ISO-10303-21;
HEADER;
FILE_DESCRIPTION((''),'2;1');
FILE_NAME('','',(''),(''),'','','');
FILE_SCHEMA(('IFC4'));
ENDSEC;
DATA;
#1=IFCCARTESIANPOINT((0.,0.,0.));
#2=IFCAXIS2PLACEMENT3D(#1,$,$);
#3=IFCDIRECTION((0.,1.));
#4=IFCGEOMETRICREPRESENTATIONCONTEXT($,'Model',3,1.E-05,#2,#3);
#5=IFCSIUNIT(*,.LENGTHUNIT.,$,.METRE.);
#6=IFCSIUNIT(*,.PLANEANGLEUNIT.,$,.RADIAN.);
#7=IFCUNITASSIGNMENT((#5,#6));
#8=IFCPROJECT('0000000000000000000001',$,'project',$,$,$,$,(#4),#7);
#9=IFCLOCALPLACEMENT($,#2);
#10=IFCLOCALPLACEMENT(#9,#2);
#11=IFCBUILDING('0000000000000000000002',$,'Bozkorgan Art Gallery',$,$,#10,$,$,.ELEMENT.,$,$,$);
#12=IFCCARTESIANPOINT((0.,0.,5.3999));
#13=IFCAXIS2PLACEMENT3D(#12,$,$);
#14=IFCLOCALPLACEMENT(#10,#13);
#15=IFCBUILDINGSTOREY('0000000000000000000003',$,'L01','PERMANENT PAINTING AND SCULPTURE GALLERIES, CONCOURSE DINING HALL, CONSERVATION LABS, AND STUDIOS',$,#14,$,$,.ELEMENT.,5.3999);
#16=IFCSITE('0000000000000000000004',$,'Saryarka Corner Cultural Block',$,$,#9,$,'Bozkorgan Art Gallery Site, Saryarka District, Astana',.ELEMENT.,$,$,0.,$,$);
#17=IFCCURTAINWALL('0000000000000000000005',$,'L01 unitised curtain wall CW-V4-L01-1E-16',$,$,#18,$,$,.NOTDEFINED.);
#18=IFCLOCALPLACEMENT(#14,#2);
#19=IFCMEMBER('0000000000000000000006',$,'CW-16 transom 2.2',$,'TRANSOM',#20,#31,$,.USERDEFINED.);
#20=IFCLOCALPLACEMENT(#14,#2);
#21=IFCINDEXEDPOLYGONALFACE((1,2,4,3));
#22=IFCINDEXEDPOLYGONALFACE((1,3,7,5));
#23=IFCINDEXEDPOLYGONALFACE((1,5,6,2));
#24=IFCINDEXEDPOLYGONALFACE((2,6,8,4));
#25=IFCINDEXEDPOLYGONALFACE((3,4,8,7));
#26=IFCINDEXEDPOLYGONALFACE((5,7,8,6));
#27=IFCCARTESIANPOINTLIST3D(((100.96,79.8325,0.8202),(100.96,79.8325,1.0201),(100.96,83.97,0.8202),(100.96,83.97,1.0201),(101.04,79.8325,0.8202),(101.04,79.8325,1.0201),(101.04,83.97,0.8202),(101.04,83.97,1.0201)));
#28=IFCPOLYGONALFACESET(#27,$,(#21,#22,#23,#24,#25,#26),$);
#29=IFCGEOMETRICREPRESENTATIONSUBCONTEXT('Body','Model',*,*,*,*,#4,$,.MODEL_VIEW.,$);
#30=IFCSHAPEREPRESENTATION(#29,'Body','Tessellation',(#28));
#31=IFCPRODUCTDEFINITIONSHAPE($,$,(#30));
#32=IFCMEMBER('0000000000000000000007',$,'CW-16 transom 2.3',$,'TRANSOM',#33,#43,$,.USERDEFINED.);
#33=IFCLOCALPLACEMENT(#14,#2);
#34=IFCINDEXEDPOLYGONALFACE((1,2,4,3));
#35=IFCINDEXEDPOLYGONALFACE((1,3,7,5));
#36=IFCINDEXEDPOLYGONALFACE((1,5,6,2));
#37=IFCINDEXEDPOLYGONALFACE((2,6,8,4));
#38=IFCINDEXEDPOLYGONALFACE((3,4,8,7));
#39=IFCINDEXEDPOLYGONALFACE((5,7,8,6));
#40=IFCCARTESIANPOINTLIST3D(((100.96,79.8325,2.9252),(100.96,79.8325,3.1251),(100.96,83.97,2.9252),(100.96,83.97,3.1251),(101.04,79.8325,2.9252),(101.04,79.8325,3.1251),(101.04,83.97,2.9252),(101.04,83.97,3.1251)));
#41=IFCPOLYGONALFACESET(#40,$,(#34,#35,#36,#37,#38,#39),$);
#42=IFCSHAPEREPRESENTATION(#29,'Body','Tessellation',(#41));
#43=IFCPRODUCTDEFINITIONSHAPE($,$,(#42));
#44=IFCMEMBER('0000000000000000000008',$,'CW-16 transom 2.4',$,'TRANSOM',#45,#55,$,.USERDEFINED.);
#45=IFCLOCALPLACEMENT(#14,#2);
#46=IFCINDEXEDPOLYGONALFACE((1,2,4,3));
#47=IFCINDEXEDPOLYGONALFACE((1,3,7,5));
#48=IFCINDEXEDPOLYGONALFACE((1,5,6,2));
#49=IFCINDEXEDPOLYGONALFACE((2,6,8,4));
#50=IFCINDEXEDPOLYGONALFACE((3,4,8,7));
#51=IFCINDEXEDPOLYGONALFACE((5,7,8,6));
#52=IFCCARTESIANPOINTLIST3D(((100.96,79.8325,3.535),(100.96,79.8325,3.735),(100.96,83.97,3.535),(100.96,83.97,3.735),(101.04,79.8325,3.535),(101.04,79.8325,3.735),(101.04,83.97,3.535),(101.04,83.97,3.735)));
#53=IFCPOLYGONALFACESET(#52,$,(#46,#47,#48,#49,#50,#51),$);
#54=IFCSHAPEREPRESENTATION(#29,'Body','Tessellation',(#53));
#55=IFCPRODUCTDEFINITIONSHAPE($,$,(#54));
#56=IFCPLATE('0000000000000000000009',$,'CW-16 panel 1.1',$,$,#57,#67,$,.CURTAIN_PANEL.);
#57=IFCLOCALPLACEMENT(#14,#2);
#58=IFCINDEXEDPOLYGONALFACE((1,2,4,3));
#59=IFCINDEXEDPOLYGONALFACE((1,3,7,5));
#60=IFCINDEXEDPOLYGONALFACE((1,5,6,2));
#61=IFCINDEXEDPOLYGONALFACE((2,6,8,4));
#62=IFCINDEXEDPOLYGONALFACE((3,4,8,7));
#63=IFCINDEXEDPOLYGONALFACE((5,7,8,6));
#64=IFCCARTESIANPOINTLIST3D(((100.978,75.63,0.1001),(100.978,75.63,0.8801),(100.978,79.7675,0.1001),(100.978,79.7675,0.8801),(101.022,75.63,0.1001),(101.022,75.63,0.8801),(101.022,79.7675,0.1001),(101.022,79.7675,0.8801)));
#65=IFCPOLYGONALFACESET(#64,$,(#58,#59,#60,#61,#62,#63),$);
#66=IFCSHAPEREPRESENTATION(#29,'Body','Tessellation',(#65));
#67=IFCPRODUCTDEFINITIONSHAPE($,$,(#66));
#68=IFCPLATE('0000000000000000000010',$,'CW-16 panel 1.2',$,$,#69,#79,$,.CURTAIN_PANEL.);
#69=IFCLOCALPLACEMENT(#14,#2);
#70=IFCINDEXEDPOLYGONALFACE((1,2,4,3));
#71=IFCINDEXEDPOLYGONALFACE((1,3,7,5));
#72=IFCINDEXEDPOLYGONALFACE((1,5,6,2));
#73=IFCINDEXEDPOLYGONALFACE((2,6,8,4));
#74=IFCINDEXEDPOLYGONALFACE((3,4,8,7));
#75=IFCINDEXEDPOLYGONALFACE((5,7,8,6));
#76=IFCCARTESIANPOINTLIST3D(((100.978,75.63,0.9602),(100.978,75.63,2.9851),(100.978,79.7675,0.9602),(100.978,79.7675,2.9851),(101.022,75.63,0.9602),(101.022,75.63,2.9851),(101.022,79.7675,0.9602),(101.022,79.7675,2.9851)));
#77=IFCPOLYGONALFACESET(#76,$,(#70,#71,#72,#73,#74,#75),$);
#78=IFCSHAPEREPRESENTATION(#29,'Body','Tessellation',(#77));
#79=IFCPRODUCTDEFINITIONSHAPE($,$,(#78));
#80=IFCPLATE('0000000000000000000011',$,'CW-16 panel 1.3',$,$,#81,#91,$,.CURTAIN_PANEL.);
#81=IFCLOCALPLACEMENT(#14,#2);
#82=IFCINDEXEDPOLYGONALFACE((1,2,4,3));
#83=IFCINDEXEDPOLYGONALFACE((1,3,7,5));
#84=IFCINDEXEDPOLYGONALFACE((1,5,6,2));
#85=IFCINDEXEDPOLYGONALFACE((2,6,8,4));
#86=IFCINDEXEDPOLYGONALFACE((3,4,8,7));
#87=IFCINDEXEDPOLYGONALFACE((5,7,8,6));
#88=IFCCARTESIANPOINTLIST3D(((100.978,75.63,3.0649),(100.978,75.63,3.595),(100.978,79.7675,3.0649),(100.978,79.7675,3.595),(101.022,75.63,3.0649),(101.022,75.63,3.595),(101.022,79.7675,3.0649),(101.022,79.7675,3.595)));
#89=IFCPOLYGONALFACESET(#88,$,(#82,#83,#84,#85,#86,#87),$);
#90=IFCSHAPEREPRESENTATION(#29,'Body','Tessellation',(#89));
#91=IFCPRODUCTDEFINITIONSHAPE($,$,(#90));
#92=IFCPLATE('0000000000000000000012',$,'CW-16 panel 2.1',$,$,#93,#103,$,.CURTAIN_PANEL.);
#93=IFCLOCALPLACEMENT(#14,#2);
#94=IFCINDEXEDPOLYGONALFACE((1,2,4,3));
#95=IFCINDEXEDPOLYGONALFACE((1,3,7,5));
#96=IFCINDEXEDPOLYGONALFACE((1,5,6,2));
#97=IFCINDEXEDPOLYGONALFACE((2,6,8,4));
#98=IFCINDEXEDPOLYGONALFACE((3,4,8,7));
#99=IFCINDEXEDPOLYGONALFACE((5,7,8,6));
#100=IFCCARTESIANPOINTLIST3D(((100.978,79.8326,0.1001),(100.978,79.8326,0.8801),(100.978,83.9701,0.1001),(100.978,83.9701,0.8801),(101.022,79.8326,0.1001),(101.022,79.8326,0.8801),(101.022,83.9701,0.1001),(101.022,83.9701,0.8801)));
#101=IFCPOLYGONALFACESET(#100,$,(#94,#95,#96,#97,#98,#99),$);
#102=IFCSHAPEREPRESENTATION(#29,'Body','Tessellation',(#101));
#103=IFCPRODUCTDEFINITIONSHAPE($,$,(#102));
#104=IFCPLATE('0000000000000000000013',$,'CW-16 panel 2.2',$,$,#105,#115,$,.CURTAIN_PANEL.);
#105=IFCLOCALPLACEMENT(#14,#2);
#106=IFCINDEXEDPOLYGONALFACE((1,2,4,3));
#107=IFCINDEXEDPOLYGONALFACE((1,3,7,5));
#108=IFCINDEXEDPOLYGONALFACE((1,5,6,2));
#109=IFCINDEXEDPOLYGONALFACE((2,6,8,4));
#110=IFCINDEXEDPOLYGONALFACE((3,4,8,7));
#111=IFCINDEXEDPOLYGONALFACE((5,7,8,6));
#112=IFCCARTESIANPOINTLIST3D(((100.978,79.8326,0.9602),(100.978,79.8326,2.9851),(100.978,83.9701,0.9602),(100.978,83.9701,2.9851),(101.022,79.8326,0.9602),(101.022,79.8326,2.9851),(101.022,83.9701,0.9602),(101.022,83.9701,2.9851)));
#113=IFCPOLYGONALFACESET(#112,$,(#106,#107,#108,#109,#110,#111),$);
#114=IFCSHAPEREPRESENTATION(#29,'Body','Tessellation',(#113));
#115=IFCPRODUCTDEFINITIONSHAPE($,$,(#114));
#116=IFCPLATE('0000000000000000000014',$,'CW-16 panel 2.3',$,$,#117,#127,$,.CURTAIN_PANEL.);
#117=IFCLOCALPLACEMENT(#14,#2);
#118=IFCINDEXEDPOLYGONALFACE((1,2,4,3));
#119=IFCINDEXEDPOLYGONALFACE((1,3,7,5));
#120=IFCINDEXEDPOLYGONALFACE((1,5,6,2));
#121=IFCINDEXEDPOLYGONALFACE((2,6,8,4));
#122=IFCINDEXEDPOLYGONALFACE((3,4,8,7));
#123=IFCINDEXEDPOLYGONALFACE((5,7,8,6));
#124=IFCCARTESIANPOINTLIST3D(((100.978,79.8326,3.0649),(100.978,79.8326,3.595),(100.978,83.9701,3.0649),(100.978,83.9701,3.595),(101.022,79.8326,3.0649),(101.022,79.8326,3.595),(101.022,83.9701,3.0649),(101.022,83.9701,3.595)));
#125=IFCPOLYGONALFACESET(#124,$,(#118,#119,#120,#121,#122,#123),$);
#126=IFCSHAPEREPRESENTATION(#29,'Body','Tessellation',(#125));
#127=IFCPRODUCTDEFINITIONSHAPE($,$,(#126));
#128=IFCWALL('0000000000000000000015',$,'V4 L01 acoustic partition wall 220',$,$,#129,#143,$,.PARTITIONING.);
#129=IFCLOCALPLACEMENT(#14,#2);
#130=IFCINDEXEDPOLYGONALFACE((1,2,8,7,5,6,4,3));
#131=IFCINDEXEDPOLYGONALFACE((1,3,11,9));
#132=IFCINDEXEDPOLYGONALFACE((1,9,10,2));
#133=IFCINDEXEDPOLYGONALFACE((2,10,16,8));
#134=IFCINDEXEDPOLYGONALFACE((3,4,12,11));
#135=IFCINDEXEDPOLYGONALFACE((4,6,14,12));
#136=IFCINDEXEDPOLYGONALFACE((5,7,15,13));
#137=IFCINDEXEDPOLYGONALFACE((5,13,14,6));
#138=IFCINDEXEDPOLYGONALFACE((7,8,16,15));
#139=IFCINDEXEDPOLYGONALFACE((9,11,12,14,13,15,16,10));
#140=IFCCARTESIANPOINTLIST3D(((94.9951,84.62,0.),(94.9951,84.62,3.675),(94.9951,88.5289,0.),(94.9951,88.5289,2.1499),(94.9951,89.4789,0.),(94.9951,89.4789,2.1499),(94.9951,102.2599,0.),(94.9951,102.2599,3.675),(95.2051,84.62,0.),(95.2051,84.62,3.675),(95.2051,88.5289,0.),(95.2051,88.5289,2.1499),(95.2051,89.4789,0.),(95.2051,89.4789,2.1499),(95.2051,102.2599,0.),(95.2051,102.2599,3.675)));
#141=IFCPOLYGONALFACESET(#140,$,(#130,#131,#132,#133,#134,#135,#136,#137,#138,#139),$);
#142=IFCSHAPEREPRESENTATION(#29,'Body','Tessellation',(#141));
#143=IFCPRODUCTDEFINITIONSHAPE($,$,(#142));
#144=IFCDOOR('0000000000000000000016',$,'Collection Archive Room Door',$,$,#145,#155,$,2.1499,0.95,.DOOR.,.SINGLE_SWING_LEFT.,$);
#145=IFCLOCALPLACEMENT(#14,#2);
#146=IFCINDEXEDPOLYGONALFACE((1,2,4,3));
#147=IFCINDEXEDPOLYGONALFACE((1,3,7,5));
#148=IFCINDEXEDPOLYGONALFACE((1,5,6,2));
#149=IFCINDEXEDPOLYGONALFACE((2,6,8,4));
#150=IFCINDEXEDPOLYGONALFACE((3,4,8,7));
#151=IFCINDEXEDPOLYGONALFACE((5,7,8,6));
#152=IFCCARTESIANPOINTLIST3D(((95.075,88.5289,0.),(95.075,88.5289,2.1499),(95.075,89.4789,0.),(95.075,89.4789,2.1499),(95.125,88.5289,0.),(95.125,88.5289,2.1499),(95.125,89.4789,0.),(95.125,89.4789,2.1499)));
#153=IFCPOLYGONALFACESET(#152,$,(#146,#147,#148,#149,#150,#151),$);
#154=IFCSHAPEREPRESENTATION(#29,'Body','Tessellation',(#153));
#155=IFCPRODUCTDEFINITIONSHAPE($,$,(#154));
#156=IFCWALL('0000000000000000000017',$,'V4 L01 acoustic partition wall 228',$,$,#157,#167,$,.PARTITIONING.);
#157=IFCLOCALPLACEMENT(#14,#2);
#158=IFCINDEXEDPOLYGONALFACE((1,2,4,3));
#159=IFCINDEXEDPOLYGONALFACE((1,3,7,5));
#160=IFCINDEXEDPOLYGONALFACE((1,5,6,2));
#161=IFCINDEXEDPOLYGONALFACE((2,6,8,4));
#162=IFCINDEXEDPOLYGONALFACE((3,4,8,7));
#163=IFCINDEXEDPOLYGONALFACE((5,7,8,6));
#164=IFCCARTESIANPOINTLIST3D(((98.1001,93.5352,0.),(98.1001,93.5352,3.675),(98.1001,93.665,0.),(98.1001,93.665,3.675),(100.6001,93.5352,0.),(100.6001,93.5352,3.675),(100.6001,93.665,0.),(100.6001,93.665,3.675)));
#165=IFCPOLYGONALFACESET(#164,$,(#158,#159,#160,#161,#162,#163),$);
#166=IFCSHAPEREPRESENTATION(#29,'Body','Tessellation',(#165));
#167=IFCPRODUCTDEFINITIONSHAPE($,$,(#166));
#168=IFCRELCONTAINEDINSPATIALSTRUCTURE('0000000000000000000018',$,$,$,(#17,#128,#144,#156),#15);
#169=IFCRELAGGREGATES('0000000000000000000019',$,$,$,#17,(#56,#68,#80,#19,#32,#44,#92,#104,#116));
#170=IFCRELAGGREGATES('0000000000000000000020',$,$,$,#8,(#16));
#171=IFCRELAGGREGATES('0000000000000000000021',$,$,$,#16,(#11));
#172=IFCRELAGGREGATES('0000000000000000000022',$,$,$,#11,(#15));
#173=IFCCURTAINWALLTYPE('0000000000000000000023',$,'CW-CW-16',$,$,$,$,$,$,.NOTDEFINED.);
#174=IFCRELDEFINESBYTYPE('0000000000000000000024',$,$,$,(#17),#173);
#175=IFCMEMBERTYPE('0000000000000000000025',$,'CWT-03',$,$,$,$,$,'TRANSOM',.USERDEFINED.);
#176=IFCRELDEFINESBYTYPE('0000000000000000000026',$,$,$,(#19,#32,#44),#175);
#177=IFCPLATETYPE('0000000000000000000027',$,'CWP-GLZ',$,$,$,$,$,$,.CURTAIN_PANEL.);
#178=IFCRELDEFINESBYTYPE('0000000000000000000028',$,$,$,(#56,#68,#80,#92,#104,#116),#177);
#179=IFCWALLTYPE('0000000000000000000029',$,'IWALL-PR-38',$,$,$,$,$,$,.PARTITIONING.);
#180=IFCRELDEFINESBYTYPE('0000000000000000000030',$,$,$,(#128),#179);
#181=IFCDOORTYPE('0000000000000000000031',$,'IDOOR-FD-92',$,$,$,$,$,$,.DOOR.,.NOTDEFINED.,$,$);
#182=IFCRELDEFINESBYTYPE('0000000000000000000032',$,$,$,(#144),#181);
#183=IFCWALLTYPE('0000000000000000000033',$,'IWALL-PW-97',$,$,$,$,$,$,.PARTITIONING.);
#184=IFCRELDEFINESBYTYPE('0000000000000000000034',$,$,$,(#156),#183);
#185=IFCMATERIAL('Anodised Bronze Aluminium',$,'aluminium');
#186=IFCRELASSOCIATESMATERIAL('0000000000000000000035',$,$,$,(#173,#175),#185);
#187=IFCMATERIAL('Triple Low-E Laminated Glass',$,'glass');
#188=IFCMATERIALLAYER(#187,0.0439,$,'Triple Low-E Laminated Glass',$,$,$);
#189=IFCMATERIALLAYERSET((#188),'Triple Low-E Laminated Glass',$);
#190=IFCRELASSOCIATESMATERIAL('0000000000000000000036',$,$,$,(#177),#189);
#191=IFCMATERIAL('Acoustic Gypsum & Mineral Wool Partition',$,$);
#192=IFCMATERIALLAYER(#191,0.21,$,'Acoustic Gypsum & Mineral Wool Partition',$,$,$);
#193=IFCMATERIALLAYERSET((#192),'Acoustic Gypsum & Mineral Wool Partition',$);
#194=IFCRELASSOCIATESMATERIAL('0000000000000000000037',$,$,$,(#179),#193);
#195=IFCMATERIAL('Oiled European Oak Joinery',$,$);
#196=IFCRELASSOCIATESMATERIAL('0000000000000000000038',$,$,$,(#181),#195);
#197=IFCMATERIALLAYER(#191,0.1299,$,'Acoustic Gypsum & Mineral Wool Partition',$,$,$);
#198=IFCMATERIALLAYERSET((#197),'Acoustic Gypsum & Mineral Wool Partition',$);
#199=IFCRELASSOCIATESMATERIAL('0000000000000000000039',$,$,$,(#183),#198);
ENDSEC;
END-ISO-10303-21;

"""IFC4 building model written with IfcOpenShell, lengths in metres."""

from ifc_helpers import new_model, si_unit, direction, frame, frame_2d, origin, origin_2d, place, context, subcontext, project, spatial, rectangle, extrude, material, layer, layer_set, material_profile, profile_set, type_object, element, fill, aggregate, save


model = new_model("IFC4")

# Units and contexts
model_context = context("Model", 3, precision=1e-05, world=origin(), true_north=direction((0.0, 1.0)))
body_context = subcontext(model_context, "Body", "Model", "MODEL_VIEW")
ifc_project = project(units=[si_unit("LENGTHUNIT", "METRE"), si_unit("PLANEANGLEUNIT", "RADIAN")], contexts=[model_context])

# Site, building, storey
site_placement = place(None, origin())
site = spatial("IfcSite", under=ifc_project, at=site_placement, Name="Saryarka Corner Cultural Block", LongName="Bozkorgan Art Gallery Site, Saryarka District, Astana", CompositionType="ELEMENT", RefElevation=0.0)
building_placement = place(site_placement, origin())
building = spatial("IfcBuilding", under=site, at=building_placement, Name="Bozkorgan Art Gallery", CompositionType="ELEMENT")
storey_placement = place(building_placement, frame((0.0, 0.0, 5.3999)))
storey = spatial("IfcBuildingStorey", under=building, at=storey_placement, Name="L01", Description="PERMANENT PAINTING AND SCULPTURE GALLERIES, CONCOURSE DINING HALL, CONSERVATION LABS, AND STUDIOS", CompositionType="ELEMENT", Elevation=5.3999)

# Curtain wall, members, plates
ifc_material_1 = material(Name="Anodised Bronze Aluminium", Category="aluminium")
curtain_wall_type = type_object("IfcCurtainWallType", Name="CW-CW-16", PredefinedType="NOTDEFINED", material=ifc_material_1)
curtain_wall_placement = place(storey_placement, origin())
curtain_wall = element("IfcCurtainWall", 1, at=curtain_wall_placement, inside=storey, type_object=curtain_wall_type, Name="L01 unitised curtain wall CW-V4-L01-1E-16", PredefinedType="NOTDEFINED")
ifc_material_profile_1 = material_profile(ifc_material_1, rectangle(XDim=0.0801, YDim=0.2, at=origin_2d()), Name="ALU TRANSOM 80x200")
ifc_profile_set_1 = profile_set([ifc_material_profile_1], Name="Anodised Bronze Aluminium")
member_type_1 = type_object("IfcMemberType", Name="CWT-03", ElementType="TRANSOM", PredefinedType="USERDEFINED", material=ifc_profile_set_1)
member_1_placement = place(storey_placement, frame((101.0, 79.8325, 0.9202), z_axis=(0.0, 1.0, 0.0), x_axis=(-1.0, 0.0, 0.0)))
member_1 = element("IfcMember", 2, at=member_1_placement, type_object=member_type_1, Name="CW-16 transom 2.2", ObjectType="TRANSOM", PredefinedType="USERDEFINED", context=body_context, shape_type="SweptSolid", body=[
    extrude(rectangle(XDim=0.0801, YDim=0.2, at=origin_2d()), origin(), (0.0, 0.0, 1.0), 4.1375),
])
member_2_placement = place(storey_placement, frame((101.0, 79.8325, 3.0251), z_axis=(0.0, 1.0, 0.0), x_axis=(-1.0, 0.0, 0.0)))
member_2 = element("IfcMember", 3, at=member_2_placement, type_object=member_type_1, Name="CW-16 transom 2.3", ObjectType="TRANSOM", PredefinedType="USERDEFINED", context=body_context, shape_type="SweptSolid", body=[
    extrude(rectangle(XDim=0.0801, YDim=0.2, at=origin_2d()), origin(), (0.0, 0.0, 1.0), 4.1375),
])
member_3_placement = place(storey_placement, frame((101.0, 79.8325, 3.635), z_axis=(0.0, 1.0, 0.0), x_axis=(-1.0, 0.0, 0.0)))
member_3 = element("IfcMember", 4, at=member_3_placement, type_object=member_type_1, Name="CW-16 transom 2.4", ObjectType="TRANSOM", PredefinedType="USERDEFINED", context=body_context, shape_type="SweptSolid", body=[
    extrude(rectangle(XDim=0.0801, YDim=0.2, at=origin_2d()), origin(), (0.0, 0.0, 1.0), 4.1375),
])
ifc_material_2 = material(Name="Triple Low-E Laminated Glass", Category="glass")
ifc_layer_1 = layer(ifc_material_2, 0.0439, Name="Triple Low-E Laminated Glass")
ifc_layer_set_1 = layer_set([ifc_layer_1], Name="Triple Low-E Laminated Glass")
plate_type = type_object("IfcPlateType", Name="CWP-GLZ", PredefinedType="CURTAIN_PANEL", material=ifc_layer_set_1)
plate_1_placement = place(storey_placement, frame((101.0, 77.6987, 0.1001), z_axis=(0.0, 0.0, 1.0), x_axis=(0.0, 1.0, 0.0)))
plate_1 = element("IfcPlate", 5, at=plate_1_placement, type_object=plate_type, Name="CW-16 panel 1.1", PredefinedType="CURTAIN_PANEL", context=body_context, shape_type="SweptSolid", body=[
    extrude(rectangle(XDim=4.1375, YDim=0.0439, at=origin_2d()), origin(), (0.0, 0.0, 1.0), 0.78),
])
plate_2_placement = place(storey_placement, frame((101.0, 77.6987, 0.9602), z_axis=(0.0, 0.0, 1.0), x_axis=(0.0, 1.0, 0.0)))
plate_2 = element("IfcPlate", 6, at=plate_2_placement, type_object=plate_type, Name="CW-16 panel 1.2", PredefinedType="CURTAIN_PANEL", context=body_context, shape_type="SweptSolid", body=[
    extrude(rectangle(XDim=4.1375, YDim=0.0439, at=origin_2d()), origin(), (0.0, 0.0, 1.0), 2.0249),
])
plate_3_placement = place(storey_placement, frame((101.0, 77.6987, 3.0649), z_axis=(0.0, 0.0, 1.0), x_axis=(0.0, 1.0, 0.0)))
plate_3 = element("IfcPlate", 7, at=plate_3_placement, type_object=plate_type, Name="CW-16 panel 1.3", PredefinedType="CURTAIN_PANEL", context=body_context, shape_type="SweptSolid", body=[
    extrude(rectangle(XDim=4.1375, YDim=0.0439, at=origin_2d()), origin(), (0.0, 0.0, 1.0), 0.53),
])
plate_4_placement = place(storey_placement, frame((101.0, 81.9014, 0.1001), z_axis=(0.0, 0.0, 1.0), x_axis=(0.0, 1.0, 0.0)))
plate_4 = element("IfcPlate", 8, at=plate_4_placement, type_object=plate_type, Name="CW-16 panel 2.1", PredefinedType="CURTAIN_PANEL", context=body_context, shape_type="SweptSolid", body=[
    extrude(rectangle(XDim=4.1375, YDim=0.0439, at=origin_2d()), origin(), (0.0, 0.0, 1.0), 0.78),
])
plate_5_placement = place(storey_placement, frame((101.0, 81.9014, 0.9602), z_axis=(0.0, 0.0, 1.0), x_axis=(0.0, 1.0, 0.0)))
plate_5 = element("IfcPlate", 9, at=plate_5_placement, type_object=plate_type, Name="CW-16 panel 2.2", PredefinedType="CURTAIN_PANEL", context=body_context, shape_type="SweptSolid", body=[
    extrude(rectangle(XDim=4.1375, YDim=0.0439, at=origin_2d()), origin(), (0.0, 0.0, 1.0), 2.0249),
])
plate_6_placement = place(storey_placement, frame((101.0, 81.9014, 3.0649), z_axis=(0.0, 0.0, 1.0), x_axis=(0.0, 1.0, 0.0)))
plate_6 = element("IfcPlate", 10, at=plate_6_placement, type_object=plate_type, Name="CW-16 panel 2.3", PredefinedType="CURTAIN_PANEL", context=body_context, shape_type="SweptSolid", body=[
    extrude(rectangle(XDim=4.1375, YDim=0.0439, at=origin_2d()), origin(), (0.0, 0.0, 1.0), 0.53),
])
aggregate(curtain_wall, [plate_1, plate_2, plate_3, member_1, member_2, member_3, plate_4, plate_5, plate_6])

# Wall, opening, door
ifc_material_3 = material(Name="Acoustic Gypsum & Mineral Wool Partition")
ifc_layer_2 = layer(ifc_material_3, 0.21, Name="Acoustic Gypsum & Mineral Wool Partition")
ifc_layer_set_2 = layer_set([ifc_layer_2], Name="Acoustic Gypsum & Mineral Wool Partition")
wall_type_1 = type_object("IfcWallType", Name="IWALL-PR-38", PredefinedType="PARTITIONING", material=ifc_layer_set_2)
wall_1_placement = place(storey_placement, frame((95.1001, 84.6201, 0.0), z_axis=(0.0, 0.0, 1.0), x_axis=(0.0, 1.0, 0.0)))
wall_1 = element("IfcWall", 11, at=wall_1_placement, inside=storey, type_object=wall_type_1, Name="V4 L01 acoustic partition wall 220", PredefinedType="PARTITIONING", context=body_context, shape_type="SweptSolid", body=[
    extrude(rectangle(XDim=17.6399, YDim=0.21, at=frame_2d((8.8198, 0.0))), origin(), (0.0, 0.0, 1.0), 3.675),
])
opening_placement = place(wall_1_placement, frame((4.8589, 0.0, 0.0), z_axis=(0.0, 0.0, 1.0), x_axis=(-1.0, 0.0, 0.0)))
opening = element("IfcOpeningElement", 12, at=opening_placement, cuts=wall_1, PredefinedType="OPENING", context=body_context, shape_type="SweptSolid", body=[
    extrude(rectangle(XDim=0.95, YDim=2.1499, at=frame_2d((0.4751, 1.075))), frame((0.0, 0.115, 0.0), z_axis=(0.0, -1.0, 0.0), x_axis=(1.0, 0.0, 0.0)), (0.0, 0.0, 1.0), 0.23),
])
ifc_material_4 = material(Name="Oiled European Oak Joinery")
door_type = type_object("IfcDoorType", Name="IDOOR-FD-92", OperationType="NOTDEFINED", PredefinedType="DOOR", material=ifc_material_4)
door_placement = place(opening_placement, origin())
door = element("IfcDoor", 13, at=door_placement, inside=storey, type_object=door_type, Name="Collection Archive Room Door", OperationType="SINGLE_SWING_LEFT", OverallHeight=2.1499, OverallWidth=0.95, PredefinedType="DOOR", context=body_context, shape_type="SweptSolid", body=[
    extrude(rectangle(XDim=0.95, YDim=2.1499, at=frame_2d((0.4751, 1.075))), frame((0.0, 0.0249, 0.0), z_axis=(0.0, -1.0, 0.0), x_axis=(1.0, 0.0, 0.0)), (0.0, 0.0, 1.0), 0.05),
])
fill(opening, door)

# Wall
ifc_layer_3 = layer(ifc_material_3, 0.1299, Name="Acoustic Gypsum & Mineral Wool Partition")
ifc_layer_set_3 = layer_set([ifc_layer_3], Name="Acoustic Gypsum & Mineral Wool Partition")
wall_type_2 = type_object("IfcWallType", Name="IWALL-PW-97", PredefinedType="PARTITIONING", material=ifc_layer_set_3)
wall_2_placement = place(storey_placement, frame((98.1001, 93.6001, 0.0), z_axis=(0.0, 0.0, 1.0), x_axis=(1.0, 0.0, 0.0)))
element("IfcWall", 14, at=wall_2_placement, inside=storey, type_object=wall_type_2, Name="V4 L01 acoustic partition wall 228", PredefinedType="PARTITIONING", context=body_context, shape_type="SweptSolid", body=[
    extrude(rectangle(XDim=2.5, YDim=0.1299, at=frame_2d((1.25, 0.0))), origin(), (0.0, 0.0, 1.0), 3.675),
])

save(model, "model.ifc")
